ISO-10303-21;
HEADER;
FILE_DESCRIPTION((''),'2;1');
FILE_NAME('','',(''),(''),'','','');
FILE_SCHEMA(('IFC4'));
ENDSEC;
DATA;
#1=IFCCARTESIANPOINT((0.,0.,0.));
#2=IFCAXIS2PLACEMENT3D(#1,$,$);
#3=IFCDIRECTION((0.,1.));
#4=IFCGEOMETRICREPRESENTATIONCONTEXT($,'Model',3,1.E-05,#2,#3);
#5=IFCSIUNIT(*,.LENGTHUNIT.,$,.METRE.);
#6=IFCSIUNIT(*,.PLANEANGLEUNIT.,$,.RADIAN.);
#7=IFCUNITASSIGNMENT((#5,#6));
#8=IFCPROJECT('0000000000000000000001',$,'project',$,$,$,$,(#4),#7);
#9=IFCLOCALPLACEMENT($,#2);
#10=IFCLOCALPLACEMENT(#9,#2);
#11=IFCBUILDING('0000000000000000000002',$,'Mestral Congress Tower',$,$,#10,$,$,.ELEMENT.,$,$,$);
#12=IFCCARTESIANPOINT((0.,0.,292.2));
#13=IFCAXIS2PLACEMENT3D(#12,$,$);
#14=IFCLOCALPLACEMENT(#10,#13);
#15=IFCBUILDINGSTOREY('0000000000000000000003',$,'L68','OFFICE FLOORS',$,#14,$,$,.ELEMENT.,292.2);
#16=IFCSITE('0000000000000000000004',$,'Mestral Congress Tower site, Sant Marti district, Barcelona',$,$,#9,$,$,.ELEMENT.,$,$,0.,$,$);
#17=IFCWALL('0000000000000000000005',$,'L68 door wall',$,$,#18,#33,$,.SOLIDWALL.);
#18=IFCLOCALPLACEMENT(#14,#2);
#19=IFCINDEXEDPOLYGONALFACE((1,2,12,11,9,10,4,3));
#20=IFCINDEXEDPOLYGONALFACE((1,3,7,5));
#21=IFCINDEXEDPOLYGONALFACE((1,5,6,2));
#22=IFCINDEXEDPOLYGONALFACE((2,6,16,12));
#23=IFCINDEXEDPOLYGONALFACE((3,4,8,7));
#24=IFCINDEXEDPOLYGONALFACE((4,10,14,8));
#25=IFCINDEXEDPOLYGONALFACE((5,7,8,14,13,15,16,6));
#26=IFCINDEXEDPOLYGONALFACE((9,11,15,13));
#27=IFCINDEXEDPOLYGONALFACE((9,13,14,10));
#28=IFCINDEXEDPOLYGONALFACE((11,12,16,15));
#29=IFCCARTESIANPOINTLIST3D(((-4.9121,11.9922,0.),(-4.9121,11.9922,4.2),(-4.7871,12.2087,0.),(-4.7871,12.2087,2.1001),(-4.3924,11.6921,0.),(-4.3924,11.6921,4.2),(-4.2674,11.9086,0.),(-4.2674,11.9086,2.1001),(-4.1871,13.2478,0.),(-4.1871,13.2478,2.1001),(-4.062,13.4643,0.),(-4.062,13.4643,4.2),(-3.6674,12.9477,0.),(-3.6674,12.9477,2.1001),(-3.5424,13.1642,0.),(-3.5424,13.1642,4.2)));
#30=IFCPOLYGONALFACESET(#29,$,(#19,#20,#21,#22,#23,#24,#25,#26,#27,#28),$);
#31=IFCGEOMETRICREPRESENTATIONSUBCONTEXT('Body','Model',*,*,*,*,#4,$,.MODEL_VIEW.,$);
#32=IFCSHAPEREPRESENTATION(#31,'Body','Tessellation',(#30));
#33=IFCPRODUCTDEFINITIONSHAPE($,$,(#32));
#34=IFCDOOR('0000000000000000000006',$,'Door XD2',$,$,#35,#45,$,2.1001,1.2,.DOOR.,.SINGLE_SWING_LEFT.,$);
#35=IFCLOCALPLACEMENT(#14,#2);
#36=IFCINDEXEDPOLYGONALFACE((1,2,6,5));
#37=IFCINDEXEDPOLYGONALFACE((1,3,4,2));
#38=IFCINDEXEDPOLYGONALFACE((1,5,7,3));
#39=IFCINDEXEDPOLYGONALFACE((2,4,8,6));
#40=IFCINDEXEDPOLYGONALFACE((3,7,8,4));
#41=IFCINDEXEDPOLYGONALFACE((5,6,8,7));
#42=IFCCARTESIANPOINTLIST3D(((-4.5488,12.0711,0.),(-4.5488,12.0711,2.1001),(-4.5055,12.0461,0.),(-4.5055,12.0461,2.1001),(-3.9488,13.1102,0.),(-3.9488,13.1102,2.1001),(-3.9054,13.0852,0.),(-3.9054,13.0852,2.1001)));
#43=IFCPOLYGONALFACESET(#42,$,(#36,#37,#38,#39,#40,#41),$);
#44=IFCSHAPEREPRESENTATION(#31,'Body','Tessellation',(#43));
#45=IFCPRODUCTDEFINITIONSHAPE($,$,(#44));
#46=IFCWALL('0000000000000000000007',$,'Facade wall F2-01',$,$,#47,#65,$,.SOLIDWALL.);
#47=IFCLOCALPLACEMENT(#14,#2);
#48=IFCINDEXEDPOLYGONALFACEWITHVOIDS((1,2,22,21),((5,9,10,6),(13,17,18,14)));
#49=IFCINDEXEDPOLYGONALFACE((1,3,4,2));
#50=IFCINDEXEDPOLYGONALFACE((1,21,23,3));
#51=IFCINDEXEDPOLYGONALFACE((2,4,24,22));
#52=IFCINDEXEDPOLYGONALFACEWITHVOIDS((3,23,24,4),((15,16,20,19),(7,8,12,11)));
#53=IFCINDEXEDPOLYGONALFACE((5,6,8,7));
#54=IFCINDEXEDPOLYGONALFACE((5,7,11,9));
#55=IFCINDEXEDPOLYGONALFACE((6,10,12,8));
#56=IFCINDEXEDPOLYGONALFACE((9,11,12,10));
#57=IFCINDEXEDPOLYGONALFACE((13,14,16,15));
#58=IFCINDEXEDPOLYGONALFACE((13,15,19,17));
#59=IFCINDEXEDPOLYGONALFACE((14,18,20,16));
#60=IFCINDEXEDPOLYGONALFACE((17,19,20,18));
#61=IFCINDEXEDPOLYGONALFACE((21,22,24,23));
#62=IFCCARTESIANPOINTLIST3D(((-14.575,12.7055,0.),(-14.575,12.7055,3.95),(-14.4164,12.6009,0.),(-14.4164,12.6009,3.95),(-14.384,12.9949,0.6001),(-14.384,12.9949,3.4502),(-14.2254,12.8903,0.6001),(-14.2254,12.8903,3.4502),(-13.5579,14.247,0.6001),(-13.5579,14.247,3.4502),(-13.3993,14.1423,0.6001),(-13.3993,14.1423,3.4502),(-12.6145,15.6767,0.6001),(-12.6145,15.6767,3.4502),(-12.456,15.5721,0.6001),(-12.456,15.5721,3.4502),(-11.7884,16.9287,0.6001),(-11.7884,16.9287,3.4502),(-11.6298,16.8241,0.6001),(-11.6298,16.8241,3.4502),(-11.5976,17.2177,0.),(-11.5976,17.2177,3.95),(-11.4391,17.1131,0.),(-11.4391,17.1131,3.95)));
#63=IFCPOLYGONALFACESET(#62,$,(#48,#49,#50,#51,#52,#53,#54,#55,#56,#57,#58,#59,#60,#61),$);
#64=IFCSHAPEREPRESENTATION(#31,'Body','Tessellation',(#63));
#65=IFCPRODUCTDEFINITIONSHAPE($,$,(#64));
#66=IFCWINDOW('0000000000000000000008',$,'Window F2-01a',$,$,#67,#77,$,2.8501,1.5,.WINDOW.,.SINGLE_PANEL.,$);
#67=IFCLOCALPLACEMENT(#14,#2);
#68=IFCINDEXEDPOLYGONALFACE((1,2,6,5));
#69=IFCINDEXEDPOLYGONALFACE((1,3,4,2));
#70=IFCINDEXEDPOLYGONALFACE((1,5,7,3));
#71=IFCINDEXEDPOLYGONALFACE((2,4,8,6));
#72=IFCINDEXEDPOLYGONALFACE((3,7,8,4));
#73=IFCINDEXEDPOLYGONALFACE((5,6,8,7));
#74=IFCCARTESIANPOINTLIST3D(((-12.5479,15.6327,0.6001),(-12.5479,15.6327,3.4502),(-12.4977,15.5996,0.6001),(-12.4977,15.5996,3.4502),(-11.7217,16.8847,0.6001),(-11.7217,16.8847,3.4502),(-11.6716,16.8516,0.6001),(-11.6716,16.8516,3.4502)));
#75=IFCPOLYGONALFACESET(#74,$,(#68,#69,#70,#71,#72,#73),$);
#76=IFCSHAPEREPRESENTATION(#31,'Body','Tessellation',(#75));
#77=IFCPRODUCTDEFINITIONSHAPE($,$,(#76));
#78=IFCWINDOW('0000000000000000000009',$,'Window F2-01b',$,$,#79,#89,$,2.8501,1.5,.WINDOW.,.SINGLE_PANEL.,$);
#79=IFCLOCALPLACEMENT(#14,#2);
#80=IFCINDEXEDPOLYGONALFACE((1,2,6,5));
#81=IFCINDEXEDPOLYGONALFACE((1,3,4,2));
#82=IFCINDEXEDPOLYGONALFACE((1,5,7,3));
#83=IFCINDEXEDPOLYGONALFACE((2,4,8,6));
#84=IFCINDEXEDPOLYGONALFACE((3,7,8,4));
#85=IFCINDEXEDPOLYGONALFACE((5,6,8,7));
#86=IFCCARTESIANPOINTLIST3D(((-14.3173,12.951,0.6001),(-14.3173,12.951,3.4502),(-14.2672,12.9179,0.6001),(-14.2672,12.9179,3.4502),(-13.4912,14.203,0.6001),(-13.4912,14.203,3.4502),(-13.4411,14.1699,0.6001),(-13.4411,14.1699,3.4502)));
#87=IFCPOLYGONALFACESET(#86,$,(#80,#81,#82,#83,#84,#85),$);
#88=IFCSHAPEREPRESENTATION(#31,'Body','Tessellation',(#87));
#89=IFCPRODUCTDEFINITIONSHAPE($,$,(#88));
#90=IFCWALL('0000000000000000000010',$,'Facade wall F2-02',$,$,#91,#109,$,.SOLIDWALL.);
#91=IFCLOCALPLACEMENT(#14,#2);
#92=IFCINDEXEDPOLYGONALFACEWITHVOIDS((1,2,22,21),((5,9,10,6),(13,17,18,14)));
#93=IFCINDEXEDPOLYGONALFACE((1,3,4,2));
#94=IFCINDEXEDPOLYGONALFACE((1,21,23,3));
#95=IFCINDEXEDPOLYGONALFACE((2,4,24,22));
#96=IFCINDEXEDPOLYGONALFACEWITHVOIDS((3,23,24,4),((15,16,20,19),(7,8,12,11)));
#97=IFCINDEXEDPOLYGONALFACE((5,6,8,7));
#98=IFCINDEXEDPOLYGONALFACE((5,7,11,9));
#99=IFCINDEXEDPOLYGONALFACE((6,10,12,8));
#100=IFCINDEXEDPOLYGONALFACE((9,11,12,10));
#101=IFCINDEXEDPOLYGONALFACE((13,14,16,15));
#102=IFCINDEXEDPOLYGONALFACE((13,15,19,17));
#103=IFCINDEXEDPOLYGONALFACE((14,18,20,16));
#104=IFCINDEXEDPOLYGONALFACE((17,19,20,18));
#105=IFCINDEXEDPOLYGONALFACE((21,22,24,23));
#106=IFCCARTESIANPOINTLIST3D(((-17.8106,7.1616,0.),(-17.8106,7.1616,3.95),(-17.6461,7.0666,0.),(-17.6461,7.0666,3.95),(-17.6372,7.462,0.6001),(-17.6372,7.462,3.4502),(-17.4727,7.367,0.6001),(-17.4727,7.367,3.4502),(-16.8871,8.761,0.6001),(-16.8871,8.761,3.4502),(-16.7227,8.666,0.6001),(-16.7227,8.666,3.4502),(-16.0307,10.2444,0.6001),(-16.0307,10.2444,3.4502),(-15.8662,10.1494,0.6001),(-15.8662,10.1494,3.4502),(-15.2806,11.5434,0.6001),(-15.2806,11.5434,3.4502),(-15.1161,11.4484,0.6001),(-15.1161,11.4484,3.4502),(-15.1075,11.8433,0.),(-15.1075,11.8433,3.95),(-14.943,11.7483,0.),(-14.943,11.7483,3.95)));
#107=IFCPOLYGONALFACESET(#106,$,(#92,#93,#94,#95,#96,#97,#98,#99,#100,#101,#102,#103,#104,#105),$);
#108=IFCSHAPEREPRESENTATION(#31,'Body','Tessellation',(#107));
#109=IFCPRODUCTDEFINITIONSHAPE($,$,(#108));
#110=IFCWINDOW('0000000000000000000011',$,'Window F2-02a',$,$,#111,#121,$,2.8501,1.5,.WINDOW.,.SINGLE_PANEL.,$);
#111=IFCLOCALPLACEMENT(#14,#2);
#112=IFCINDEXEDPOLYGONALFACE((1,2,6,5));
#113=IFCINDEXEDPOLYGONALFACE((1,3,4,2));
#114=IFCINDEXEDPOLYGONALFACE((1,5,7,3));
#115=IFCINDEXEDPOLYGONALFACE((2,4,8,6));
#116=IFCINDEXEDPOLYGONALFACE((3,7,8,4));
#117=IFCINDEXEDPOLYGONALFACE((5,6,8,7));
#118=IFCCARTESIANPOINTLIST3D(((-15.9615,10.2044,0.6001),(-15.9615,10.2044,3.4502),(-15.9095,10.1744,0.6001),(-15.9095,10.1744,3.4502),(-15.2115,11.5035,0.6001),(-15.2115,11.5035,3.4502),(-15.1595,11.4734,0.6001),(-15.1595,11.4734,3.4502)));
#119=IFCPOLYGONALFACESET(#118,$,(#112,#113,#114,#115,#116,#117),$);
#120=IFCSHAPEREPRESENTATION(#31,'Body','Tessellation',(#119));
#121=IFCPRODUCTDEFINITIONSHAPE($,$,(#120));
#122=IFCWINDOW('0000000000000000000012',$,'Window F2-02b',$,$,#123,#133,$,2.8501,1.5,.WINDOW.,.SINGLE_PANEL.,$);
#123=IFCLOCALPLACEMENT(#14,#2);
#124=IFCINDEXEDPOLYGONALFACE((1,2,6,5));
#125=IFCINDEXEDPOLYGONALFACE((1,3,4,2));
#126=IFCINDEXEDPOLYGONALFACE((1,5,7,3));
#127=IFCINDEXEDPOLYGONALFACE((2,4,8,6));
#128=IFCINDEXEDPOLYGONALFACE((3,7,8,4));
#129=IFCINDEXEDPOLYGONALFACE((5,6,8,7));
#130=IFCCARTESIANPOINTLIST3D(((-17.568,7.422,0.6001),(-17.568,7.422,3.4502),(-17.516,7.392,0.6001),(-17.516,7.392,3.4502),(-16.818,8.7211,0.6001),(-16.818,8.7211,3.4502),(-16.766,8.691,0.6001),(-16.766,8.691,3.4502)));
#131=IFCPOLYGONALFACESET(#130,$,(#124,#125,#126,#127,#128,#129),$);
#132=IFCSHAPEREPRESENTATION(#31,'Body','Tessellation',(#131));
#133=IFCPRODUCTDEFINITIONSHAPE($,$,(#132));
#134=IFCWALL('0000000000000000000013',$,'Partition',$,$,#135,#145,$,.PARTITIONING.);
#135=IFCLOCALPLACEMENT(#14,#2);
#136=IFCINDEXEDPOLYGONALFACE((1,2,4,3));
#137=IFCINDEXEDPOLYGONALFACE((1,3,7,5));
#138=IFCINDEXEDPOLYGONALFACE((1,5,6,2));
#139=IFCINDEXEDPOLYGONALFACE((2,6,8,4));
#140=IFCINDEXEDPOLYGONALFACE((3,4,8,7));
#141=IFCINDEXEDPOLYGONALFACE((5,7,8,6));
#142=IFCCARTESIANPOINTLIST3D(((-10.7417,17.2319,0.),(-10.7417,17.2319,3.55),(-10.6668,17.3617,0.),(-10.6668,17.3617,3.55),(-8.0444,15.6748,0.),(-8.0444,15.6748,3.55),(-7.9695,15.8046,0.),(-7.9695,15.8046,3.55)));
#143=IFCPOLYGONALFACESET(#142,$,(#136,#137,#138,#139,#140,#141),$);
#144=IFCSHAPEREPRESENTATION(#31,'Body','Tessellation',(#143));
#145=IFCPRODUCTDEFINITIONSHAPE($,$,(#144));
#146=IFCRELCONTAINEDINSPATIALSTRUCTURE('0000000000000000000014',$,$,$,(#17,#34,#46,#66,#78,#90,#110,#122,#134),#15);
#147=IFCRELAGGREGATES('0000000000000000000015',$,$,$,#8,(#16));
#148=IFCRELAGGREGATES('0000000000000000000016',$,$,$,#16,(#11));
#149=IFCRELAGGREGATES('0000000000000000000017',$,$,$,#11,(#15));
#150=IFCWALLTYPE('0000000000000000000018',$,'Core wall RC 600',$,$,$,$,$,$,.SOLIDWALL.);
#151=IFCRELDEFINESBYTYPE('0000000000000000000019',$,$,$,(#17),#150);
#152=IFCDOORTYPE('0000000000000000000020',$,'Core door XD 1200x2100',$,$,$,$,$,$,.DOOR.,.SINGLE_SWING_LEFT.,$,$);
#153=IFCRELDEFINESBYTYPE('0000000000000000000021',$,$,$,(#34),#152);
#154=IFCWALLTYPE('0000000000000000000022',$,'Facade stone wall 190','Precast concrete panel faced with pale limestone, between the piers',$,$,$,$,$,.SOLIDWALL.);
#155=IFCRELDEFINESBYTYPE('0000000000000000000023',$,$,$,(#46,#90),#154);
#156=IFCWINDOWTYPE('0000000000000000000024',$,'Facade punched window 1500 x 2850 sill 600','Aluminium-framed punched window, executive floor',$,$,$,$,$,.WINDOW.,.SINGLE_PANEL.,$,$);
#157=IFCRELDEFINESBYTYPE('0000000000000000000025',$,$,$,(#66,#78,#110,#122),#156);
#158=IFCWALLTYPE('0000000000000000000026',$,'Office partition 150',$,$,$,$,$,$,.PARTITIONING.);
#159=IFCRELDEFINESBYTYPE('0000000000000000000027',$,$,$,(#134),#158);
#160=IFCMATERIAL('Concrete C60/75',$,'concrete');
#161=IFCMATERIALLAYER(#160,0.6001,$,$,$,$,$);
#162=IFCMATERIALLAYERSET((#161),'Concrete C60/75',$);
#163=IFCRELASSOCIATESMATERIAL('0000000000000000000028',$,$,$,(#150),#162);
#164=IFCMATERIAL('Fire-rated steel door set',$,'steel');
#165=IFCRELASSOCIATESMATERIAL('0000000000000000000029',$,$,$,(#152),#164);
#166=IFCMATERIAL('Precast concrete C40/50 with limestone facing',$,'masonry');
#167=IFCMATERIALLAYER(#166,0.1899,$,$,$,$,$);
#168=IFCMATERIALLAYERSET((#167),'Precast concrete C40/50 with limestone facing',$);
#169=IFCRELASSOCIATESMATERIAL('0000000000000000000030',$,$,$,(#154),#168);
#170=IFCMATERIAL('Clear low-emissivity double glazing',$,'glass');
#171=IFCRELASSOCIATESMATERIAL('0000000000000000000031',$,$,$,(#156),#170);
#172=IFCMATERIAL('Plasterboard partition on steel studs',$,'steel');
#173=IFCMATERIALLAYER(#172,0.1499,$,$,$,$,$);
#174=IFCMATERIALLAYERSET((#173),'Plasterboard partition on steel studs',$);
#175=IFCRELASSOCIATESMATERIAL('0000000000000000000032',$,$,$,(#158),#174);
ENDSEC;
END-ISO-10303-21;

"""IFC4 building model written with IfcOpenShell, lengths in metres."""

from ifc_helpers import new_model, si_unit, direction, frame, frame_2d, origin, place, context, subcontext, project, spatial, rectangle, extrude, material, layer, layer_set, type_object, element, fill, save


model = new_model("IFC4")

# Units and contexts
model_context = context("Model", 3, precision=1e-05, world=origin(), true_north=direction((0.0, 1.0)))
body_context = subcontext(model_context, "Body", "Model", "MODEL_VIEW")
ifc_project = project(units=[si_unit("LENGTHUNIT", "METRE"), si_unit("PLANEANGLEUNIT", "RADIAN")], contexts=[model_context])

# Site, building, storey
site_placement = place(None, origin())
site = spatial("IfcSite", under=ifc_project, at=site_placement, Name="Mestral Congress Tower site, Sant Marti district, Barcelona", CompositionType="ELEMENT", RefElevation=0.0)
building_placement = place(site_placement, origin())
building = spatial("IfcBuilding", under=site, at=building_placement, Name="Mestral Congress Tower", CompositionType="ELEMENT")
storey_placement = place(building_placement, frame((0.0, 0.0, 292.2)))
storey = spatial("IfcBuildingStorey", under=building, at=storey_placement, Name="L68", Description="OFFICE FLOORS", CompositionType="ELEMENT", Elevation=292.2)

# Shared definitions
ifc_material_1 = material(Name="Concrete C60/75", Category="concrete")

# Shared definitions
ifc_layer_1 = layer(ifc_material_1, 0.6001)
ifc_layer_set_1 = layer_set([ifc_layer_1], Name="Concrete C60/75")
wall_type_1 = type_object("IfcWallType", Name="Core wall RC 600", PredefinedType="SOLIDWALL", material=ifc_layer_set_1)

# Wall, opening, door
wall_1_placement = place(storey_placement, frame((-4.6523, 11.842, 0.0), z_axis=(0.0, 0.0, 1.0), x_axis=(0.500062, 0.865989, 0.0)))
wall_1 = element("IfcWall", 1, at=wall_1_placement, inside=storey, type_object=wall_type_1, Name="L68 door wall", PredefinedType="SOLIDWALL", context=body_context, shape_type="SweptSolid", body=[
    extrude(rectangle(XDim=1.7, YDim=0.6001, at=frame_2d((0.8501, 0.0))), origin(), (0.0, 0.0, 1.0), 4.2),
])
opening_1_placement = place(wall_1_placement, frame((0.25, 0.0, 0.0)))
opening_1 = element("IfcOpeningElement", 2, at=opening_1_placement, cuts=wall_1, PredefinedType="OPENING", context=body_context, shape_type="SweptSolid", body=[
    extrude(rectangle(XDim=1.2, YDim=2.1001, at=frame_2d((0.6001, 1.05))), frame((0.0, 0.3101, 0.0), z_axis=(0.0, -1.0, 0.0), x_axis=(1.0, 0.0, 0.0)), (0.0, 0.0, 1.0), 0.6201),
])
ifc_material_2 = material(Name="Fire-rated steel door set", Category="steel")
door_type_1 = type_object("IfcDoorType", Name="Core door XD 1200x2100", OperationType="SINGLE_SWING_LEFT", PredefinedType="DOOR", material=ifc_material_2)
door_1_placement = place(opening_1_placement, origin())
door_1 = element("IfcDoor", 3, at=door_1_placement, inside=storey, type_object=door_type_1, Name="Door XD2", OperationType="SINGLE_SWING_LEFT", OverallHeight=2.1001, OverallWidth=1.2, PredefinedType="DOOR", context=body_context, shape_type="SweptSolid", body=[
    extrude(rectangle(XDim=1.2, YDim=2.1001, at=frame_2d((0.6001, 1.05))), frame((0.0, 0.0249, 0.0), z_axis=(0.0, -1.0, 0.0), x_axis=(1.0, 0.0, 0.0)), (0.0, 0.0, 1.0), 0.05),
])
fill(opening_1, door_1)

# Walls, openings, windows
ifc_material_3 = material(Name="Precast concrete C40/50 with limestone facing", Category="masonry")
ifc_layer_2 = layer(ifc_material_3, 0.1899)
ifc_layer_set_2 = layer_set([ifc_layer_2], Name="Precast concrete C40/50 with limestone facing")
wall_type_2 = type_object("IfcWallType", Name="Facade stone wall 190", Description="Precast concrete panel faced with pale limestone, between the piers", PredefinedType="SOLIDWALL", material=ifc_layer_set_2)
wall_2_placement = place(storey_placement, frame((-11.5183, 17.1655, 0.0), z_axis=(0.0, 0.0, 1.0), x_axis=(-0.550744, -0.834674, 0.0)))
wall_2 = element("IfcWall", 4, at=wall_2_placement, inside=storey, type_object=wall_type_2, Name="Facade wall F2-01", PredefinedType="SOLIDWALL", context=body_context, shape_type="SweptSolid", body=[
    extrude(rectangle(XDim=5.406, YDim=0.1899, at=frame_2d((2.7031, 0.0))), origin(), (0.0, 0.0, 1.0), 3.95),
])
opening_2_placement = place(wall_2_placement, frame((0.3464, 0.0, 0.6001)))
opening_2 = element("IfcOpeningElement", 5, at=opening_2_placement, cuts=wall_2, PredefinedType="OPENING", context=body_context, shape_type="SweptSolid", body=[
    extrude(rectangle(XDim=1.5, YDim=2.8501, at=frame_2d((0.75, 1.425))), frame((0.0, 0.105, 0.0), z_axis=(0.0, -1.0, 0.0), x_axis=(1.0, 0.0, 0.0)), (0.0, 0.0, 1.0), 0.21),
])
opening_3_placement = place(wall_2_placement, frame((3.5593, 0.0, 0.6001)))
opening_3 = element("IfcOpeningElement", 6, at=opening_3_placement, cuts=wall_2, PredefinedType="OPENING", context=body_context, shape_type="SweptSolid", body=[
    extrude(rectangle(XDim=1.5, YDim=2.8501, at=frame_2d((0.75, 1.425))), frame((0.0, 0.105, 0.0), z_axis=(0.0, -1.0, 0.0), x_axis=(1.0, 0.0, 0.0)), (0.0, 0.0, 1.0), 0.21),
])
ifc_material_4 = material(Name="Clear low-emissivity double glazing", Category="glass")
window_type = type_object("IfcWindowType", Name="Facade punched window 1500 x 2850 sill 600", Description="Aluminium-framed punched window, executive floor", PartitioningType="SINGLE_PANEL", PredefinedType="WINDOW", material=ifc_material_4)
window_1_placement = place(opening_2_placement, origin())
window_1 = element("IfcWindow", 7, at=window_1_placement, inside=storey, type_object=window_type, Name="Window F2-01a", OverallHeight=2.8501, OverallWidth=1.5, PartitioningType="SINGLE_PANEL", PredefinedType="WINDOW", context=body_context, shape_type="SweptSolid", body=[
    extrude(rectangle(XDim=1.5, YDim=2.8501, at=frame_2d((0.75, 1.425))), frame((0.0, 0.0449, 0.0), z_axis=(0.0, -1.0, 0.0), x_axis=(1.0, 0.0, 0.0)), (0.0, 0.0, 1.0), 0.0601),
])
fill(opening_2, window_1)
window_2_placement = place(opening_3_placement, origin())
window_2 = element("IfcWindow", 8, at=window_2_placement, inside=storey, type_object=window_type, Name="Window F2-01b", OverallHeight=2.8501, OverallWidth=1.5, PartitioningType="SINGLE_PANEL", PredefinedType="WINDOW", context=body_context, shape_type="SweptSolid", body=[
    extrude(rectangle(XDim=1.5, YDim=2.8501, at=frame_2d((0.75, 1.425))), frame((0.0, 0.0449, 0.0), z_axis=(0.0, -1.0, 0.0), x_axis=(1.0, 0.0, 0.0)), (0.0, 0.0, 1.0), 0.0601),
])
fill(opening_3, window_2)
wall_3_placement = place(storey_placement, frame((-15.0251, 11.7959, 0.0), z_axis=(0.0, 0.0, 1.0), x_axis=(-0.500025, -0.866011, 0.0)))
wall_3 = element("IfcWall", 9, at=wall_3_placement, inside=storey, type_object=wall_type_2, Name="Facade wall F2-02", PredefinedType="SOLIDWALL", context=body_context, shape_type="SweptSolid", body=[
    extrude(rectangle(XDim=5.406, YDim=0.1899, at=frame_2d((2.7031, 0.0))), origin(), (0.0, 0.0, 1.0), 3.95),
])
opening_4_placement = place(wall_3_placement, frame((0.3464, 0.0, 0.6001)))
opening_4 = element("IfcOpeningElement", 10, at=opening_4_placement, cuts=wall_3, PredefinedType="OPENING", context=body_context, shape_type="SweptSolid", body=[
    extrude(rectangle(XDim=1.5, YDim=2.8501, at=frame_2d((0.75, 1.425))), frame((0.0, 0.105, 0.0), z_axis=(0.0, -1.0, 0.0), x_axis=(1.0, 0.0, 0.0)), (0.0, 0.0, 1.0), 0.21),
])
opening_5_placement = place(wall_3_placement, frame((3.5593, 0.0, 0.6001)))
opening_5 = element("IfcOpeningElement", 11, at=opening_5_placement, cuts=wall_3, PredefinedType="OPENING", context=body_context, shape_type="SweptSolid", body=[
    extrude(rectangle(XDim=1.5, YDim=2.8501, at=frame_2d((0.75, 1.425))), frame((0.0, 0.105, 0.0), z_axis=(0.0, -1.0, 0.0), x_axis=(1.0, 0.0, 0.0)), (0.0, 0.0, 1.0), 0.21),
])
window_3_placement = place(opening_4_placement, origin())
window_3 = element("IfcWindow", 12, at=window_3_placement, inside=storey, type_object=window_type, Name="Window F2-02a", OverallHeight=2.8501, OverallWidth=1.5, PartitioningType="SINGLE_PANEL", PredefinedType="WINDOW", context=body_context, shape_type="SweptSolid", body=[
    extrude(rectangle(XDim=1.5, YDim=2.8501, at=frame_2d((0.75, 1.425))), frame((0.0, 0.0449, 0.0), z_axis=(0.0, -1.0, 0.0), x_axis=(1.0, 0.0, 0.0)), (0.0, 0.0, 1.0), 0.0601),
])
fill(opening_4, window_3)
window_4_placement = place(opening_5_placement, origin())
window_4 = element("IfcWindow", 13, at=window_4_placement, inside=storey, type_object=window_type, Name="Window F2-02b", OverallHeight=2.8501, OverallWidth=1.5, PartitioningType="SINGLE_PANEL", PredefinedType="WINDOW", context=body_context, shape_type="SweptSolid", body=[
    extrude(rectangle(XDim=1.5, YDim=2.8501, at=frame_2d((0.75, 1.425))), frame((0.0, 0.0449, 0.0), z_axis=(0.0, -1.0, 0.0), x_axis=(1.0, 0.0, 0.0)), (0.0, 0.0, 1.0), 0.0601),
])
fill(opening_5, window_4)

# Wall
ifc_material_5 = material(Name="Plasterboard partition on steel studs", Category="steel")
ifc_layer_3 = layer(ifc_material_5, 0.1499)
ifc_layer_set_3 = layer_set([ifc_layer_3], Name="Plasterboard partition on steel studs")
wall_type_3 = type_object("IfcWallType", Name="Office partition 150", PredefinedType="PARTITIONING", material=ifc_layer_set_3)
wall_4_placement = place(storey_placement, frame((-8.0071, 15.7397, 0.0), z_axis=(0.0, 0.0, 1.0), x_axis=(-0.866045, 0.499967, 0.0)))
element("IfcWall", 14, at=wall_4_placement, inside=storey, type_object=wall_type_3, Name="Partition", PredefinedType="PARTITIONING", context=body_context, shape_type="SweptSolid", body=[
    extrude(rectangle(XDim=3.1145, YDim=0.1499, at=frame_2d((1.5571, 0.0))), origin(), (0.0, 0.0, 1.0), 3.55),
])

save(model, "model.ifc")
